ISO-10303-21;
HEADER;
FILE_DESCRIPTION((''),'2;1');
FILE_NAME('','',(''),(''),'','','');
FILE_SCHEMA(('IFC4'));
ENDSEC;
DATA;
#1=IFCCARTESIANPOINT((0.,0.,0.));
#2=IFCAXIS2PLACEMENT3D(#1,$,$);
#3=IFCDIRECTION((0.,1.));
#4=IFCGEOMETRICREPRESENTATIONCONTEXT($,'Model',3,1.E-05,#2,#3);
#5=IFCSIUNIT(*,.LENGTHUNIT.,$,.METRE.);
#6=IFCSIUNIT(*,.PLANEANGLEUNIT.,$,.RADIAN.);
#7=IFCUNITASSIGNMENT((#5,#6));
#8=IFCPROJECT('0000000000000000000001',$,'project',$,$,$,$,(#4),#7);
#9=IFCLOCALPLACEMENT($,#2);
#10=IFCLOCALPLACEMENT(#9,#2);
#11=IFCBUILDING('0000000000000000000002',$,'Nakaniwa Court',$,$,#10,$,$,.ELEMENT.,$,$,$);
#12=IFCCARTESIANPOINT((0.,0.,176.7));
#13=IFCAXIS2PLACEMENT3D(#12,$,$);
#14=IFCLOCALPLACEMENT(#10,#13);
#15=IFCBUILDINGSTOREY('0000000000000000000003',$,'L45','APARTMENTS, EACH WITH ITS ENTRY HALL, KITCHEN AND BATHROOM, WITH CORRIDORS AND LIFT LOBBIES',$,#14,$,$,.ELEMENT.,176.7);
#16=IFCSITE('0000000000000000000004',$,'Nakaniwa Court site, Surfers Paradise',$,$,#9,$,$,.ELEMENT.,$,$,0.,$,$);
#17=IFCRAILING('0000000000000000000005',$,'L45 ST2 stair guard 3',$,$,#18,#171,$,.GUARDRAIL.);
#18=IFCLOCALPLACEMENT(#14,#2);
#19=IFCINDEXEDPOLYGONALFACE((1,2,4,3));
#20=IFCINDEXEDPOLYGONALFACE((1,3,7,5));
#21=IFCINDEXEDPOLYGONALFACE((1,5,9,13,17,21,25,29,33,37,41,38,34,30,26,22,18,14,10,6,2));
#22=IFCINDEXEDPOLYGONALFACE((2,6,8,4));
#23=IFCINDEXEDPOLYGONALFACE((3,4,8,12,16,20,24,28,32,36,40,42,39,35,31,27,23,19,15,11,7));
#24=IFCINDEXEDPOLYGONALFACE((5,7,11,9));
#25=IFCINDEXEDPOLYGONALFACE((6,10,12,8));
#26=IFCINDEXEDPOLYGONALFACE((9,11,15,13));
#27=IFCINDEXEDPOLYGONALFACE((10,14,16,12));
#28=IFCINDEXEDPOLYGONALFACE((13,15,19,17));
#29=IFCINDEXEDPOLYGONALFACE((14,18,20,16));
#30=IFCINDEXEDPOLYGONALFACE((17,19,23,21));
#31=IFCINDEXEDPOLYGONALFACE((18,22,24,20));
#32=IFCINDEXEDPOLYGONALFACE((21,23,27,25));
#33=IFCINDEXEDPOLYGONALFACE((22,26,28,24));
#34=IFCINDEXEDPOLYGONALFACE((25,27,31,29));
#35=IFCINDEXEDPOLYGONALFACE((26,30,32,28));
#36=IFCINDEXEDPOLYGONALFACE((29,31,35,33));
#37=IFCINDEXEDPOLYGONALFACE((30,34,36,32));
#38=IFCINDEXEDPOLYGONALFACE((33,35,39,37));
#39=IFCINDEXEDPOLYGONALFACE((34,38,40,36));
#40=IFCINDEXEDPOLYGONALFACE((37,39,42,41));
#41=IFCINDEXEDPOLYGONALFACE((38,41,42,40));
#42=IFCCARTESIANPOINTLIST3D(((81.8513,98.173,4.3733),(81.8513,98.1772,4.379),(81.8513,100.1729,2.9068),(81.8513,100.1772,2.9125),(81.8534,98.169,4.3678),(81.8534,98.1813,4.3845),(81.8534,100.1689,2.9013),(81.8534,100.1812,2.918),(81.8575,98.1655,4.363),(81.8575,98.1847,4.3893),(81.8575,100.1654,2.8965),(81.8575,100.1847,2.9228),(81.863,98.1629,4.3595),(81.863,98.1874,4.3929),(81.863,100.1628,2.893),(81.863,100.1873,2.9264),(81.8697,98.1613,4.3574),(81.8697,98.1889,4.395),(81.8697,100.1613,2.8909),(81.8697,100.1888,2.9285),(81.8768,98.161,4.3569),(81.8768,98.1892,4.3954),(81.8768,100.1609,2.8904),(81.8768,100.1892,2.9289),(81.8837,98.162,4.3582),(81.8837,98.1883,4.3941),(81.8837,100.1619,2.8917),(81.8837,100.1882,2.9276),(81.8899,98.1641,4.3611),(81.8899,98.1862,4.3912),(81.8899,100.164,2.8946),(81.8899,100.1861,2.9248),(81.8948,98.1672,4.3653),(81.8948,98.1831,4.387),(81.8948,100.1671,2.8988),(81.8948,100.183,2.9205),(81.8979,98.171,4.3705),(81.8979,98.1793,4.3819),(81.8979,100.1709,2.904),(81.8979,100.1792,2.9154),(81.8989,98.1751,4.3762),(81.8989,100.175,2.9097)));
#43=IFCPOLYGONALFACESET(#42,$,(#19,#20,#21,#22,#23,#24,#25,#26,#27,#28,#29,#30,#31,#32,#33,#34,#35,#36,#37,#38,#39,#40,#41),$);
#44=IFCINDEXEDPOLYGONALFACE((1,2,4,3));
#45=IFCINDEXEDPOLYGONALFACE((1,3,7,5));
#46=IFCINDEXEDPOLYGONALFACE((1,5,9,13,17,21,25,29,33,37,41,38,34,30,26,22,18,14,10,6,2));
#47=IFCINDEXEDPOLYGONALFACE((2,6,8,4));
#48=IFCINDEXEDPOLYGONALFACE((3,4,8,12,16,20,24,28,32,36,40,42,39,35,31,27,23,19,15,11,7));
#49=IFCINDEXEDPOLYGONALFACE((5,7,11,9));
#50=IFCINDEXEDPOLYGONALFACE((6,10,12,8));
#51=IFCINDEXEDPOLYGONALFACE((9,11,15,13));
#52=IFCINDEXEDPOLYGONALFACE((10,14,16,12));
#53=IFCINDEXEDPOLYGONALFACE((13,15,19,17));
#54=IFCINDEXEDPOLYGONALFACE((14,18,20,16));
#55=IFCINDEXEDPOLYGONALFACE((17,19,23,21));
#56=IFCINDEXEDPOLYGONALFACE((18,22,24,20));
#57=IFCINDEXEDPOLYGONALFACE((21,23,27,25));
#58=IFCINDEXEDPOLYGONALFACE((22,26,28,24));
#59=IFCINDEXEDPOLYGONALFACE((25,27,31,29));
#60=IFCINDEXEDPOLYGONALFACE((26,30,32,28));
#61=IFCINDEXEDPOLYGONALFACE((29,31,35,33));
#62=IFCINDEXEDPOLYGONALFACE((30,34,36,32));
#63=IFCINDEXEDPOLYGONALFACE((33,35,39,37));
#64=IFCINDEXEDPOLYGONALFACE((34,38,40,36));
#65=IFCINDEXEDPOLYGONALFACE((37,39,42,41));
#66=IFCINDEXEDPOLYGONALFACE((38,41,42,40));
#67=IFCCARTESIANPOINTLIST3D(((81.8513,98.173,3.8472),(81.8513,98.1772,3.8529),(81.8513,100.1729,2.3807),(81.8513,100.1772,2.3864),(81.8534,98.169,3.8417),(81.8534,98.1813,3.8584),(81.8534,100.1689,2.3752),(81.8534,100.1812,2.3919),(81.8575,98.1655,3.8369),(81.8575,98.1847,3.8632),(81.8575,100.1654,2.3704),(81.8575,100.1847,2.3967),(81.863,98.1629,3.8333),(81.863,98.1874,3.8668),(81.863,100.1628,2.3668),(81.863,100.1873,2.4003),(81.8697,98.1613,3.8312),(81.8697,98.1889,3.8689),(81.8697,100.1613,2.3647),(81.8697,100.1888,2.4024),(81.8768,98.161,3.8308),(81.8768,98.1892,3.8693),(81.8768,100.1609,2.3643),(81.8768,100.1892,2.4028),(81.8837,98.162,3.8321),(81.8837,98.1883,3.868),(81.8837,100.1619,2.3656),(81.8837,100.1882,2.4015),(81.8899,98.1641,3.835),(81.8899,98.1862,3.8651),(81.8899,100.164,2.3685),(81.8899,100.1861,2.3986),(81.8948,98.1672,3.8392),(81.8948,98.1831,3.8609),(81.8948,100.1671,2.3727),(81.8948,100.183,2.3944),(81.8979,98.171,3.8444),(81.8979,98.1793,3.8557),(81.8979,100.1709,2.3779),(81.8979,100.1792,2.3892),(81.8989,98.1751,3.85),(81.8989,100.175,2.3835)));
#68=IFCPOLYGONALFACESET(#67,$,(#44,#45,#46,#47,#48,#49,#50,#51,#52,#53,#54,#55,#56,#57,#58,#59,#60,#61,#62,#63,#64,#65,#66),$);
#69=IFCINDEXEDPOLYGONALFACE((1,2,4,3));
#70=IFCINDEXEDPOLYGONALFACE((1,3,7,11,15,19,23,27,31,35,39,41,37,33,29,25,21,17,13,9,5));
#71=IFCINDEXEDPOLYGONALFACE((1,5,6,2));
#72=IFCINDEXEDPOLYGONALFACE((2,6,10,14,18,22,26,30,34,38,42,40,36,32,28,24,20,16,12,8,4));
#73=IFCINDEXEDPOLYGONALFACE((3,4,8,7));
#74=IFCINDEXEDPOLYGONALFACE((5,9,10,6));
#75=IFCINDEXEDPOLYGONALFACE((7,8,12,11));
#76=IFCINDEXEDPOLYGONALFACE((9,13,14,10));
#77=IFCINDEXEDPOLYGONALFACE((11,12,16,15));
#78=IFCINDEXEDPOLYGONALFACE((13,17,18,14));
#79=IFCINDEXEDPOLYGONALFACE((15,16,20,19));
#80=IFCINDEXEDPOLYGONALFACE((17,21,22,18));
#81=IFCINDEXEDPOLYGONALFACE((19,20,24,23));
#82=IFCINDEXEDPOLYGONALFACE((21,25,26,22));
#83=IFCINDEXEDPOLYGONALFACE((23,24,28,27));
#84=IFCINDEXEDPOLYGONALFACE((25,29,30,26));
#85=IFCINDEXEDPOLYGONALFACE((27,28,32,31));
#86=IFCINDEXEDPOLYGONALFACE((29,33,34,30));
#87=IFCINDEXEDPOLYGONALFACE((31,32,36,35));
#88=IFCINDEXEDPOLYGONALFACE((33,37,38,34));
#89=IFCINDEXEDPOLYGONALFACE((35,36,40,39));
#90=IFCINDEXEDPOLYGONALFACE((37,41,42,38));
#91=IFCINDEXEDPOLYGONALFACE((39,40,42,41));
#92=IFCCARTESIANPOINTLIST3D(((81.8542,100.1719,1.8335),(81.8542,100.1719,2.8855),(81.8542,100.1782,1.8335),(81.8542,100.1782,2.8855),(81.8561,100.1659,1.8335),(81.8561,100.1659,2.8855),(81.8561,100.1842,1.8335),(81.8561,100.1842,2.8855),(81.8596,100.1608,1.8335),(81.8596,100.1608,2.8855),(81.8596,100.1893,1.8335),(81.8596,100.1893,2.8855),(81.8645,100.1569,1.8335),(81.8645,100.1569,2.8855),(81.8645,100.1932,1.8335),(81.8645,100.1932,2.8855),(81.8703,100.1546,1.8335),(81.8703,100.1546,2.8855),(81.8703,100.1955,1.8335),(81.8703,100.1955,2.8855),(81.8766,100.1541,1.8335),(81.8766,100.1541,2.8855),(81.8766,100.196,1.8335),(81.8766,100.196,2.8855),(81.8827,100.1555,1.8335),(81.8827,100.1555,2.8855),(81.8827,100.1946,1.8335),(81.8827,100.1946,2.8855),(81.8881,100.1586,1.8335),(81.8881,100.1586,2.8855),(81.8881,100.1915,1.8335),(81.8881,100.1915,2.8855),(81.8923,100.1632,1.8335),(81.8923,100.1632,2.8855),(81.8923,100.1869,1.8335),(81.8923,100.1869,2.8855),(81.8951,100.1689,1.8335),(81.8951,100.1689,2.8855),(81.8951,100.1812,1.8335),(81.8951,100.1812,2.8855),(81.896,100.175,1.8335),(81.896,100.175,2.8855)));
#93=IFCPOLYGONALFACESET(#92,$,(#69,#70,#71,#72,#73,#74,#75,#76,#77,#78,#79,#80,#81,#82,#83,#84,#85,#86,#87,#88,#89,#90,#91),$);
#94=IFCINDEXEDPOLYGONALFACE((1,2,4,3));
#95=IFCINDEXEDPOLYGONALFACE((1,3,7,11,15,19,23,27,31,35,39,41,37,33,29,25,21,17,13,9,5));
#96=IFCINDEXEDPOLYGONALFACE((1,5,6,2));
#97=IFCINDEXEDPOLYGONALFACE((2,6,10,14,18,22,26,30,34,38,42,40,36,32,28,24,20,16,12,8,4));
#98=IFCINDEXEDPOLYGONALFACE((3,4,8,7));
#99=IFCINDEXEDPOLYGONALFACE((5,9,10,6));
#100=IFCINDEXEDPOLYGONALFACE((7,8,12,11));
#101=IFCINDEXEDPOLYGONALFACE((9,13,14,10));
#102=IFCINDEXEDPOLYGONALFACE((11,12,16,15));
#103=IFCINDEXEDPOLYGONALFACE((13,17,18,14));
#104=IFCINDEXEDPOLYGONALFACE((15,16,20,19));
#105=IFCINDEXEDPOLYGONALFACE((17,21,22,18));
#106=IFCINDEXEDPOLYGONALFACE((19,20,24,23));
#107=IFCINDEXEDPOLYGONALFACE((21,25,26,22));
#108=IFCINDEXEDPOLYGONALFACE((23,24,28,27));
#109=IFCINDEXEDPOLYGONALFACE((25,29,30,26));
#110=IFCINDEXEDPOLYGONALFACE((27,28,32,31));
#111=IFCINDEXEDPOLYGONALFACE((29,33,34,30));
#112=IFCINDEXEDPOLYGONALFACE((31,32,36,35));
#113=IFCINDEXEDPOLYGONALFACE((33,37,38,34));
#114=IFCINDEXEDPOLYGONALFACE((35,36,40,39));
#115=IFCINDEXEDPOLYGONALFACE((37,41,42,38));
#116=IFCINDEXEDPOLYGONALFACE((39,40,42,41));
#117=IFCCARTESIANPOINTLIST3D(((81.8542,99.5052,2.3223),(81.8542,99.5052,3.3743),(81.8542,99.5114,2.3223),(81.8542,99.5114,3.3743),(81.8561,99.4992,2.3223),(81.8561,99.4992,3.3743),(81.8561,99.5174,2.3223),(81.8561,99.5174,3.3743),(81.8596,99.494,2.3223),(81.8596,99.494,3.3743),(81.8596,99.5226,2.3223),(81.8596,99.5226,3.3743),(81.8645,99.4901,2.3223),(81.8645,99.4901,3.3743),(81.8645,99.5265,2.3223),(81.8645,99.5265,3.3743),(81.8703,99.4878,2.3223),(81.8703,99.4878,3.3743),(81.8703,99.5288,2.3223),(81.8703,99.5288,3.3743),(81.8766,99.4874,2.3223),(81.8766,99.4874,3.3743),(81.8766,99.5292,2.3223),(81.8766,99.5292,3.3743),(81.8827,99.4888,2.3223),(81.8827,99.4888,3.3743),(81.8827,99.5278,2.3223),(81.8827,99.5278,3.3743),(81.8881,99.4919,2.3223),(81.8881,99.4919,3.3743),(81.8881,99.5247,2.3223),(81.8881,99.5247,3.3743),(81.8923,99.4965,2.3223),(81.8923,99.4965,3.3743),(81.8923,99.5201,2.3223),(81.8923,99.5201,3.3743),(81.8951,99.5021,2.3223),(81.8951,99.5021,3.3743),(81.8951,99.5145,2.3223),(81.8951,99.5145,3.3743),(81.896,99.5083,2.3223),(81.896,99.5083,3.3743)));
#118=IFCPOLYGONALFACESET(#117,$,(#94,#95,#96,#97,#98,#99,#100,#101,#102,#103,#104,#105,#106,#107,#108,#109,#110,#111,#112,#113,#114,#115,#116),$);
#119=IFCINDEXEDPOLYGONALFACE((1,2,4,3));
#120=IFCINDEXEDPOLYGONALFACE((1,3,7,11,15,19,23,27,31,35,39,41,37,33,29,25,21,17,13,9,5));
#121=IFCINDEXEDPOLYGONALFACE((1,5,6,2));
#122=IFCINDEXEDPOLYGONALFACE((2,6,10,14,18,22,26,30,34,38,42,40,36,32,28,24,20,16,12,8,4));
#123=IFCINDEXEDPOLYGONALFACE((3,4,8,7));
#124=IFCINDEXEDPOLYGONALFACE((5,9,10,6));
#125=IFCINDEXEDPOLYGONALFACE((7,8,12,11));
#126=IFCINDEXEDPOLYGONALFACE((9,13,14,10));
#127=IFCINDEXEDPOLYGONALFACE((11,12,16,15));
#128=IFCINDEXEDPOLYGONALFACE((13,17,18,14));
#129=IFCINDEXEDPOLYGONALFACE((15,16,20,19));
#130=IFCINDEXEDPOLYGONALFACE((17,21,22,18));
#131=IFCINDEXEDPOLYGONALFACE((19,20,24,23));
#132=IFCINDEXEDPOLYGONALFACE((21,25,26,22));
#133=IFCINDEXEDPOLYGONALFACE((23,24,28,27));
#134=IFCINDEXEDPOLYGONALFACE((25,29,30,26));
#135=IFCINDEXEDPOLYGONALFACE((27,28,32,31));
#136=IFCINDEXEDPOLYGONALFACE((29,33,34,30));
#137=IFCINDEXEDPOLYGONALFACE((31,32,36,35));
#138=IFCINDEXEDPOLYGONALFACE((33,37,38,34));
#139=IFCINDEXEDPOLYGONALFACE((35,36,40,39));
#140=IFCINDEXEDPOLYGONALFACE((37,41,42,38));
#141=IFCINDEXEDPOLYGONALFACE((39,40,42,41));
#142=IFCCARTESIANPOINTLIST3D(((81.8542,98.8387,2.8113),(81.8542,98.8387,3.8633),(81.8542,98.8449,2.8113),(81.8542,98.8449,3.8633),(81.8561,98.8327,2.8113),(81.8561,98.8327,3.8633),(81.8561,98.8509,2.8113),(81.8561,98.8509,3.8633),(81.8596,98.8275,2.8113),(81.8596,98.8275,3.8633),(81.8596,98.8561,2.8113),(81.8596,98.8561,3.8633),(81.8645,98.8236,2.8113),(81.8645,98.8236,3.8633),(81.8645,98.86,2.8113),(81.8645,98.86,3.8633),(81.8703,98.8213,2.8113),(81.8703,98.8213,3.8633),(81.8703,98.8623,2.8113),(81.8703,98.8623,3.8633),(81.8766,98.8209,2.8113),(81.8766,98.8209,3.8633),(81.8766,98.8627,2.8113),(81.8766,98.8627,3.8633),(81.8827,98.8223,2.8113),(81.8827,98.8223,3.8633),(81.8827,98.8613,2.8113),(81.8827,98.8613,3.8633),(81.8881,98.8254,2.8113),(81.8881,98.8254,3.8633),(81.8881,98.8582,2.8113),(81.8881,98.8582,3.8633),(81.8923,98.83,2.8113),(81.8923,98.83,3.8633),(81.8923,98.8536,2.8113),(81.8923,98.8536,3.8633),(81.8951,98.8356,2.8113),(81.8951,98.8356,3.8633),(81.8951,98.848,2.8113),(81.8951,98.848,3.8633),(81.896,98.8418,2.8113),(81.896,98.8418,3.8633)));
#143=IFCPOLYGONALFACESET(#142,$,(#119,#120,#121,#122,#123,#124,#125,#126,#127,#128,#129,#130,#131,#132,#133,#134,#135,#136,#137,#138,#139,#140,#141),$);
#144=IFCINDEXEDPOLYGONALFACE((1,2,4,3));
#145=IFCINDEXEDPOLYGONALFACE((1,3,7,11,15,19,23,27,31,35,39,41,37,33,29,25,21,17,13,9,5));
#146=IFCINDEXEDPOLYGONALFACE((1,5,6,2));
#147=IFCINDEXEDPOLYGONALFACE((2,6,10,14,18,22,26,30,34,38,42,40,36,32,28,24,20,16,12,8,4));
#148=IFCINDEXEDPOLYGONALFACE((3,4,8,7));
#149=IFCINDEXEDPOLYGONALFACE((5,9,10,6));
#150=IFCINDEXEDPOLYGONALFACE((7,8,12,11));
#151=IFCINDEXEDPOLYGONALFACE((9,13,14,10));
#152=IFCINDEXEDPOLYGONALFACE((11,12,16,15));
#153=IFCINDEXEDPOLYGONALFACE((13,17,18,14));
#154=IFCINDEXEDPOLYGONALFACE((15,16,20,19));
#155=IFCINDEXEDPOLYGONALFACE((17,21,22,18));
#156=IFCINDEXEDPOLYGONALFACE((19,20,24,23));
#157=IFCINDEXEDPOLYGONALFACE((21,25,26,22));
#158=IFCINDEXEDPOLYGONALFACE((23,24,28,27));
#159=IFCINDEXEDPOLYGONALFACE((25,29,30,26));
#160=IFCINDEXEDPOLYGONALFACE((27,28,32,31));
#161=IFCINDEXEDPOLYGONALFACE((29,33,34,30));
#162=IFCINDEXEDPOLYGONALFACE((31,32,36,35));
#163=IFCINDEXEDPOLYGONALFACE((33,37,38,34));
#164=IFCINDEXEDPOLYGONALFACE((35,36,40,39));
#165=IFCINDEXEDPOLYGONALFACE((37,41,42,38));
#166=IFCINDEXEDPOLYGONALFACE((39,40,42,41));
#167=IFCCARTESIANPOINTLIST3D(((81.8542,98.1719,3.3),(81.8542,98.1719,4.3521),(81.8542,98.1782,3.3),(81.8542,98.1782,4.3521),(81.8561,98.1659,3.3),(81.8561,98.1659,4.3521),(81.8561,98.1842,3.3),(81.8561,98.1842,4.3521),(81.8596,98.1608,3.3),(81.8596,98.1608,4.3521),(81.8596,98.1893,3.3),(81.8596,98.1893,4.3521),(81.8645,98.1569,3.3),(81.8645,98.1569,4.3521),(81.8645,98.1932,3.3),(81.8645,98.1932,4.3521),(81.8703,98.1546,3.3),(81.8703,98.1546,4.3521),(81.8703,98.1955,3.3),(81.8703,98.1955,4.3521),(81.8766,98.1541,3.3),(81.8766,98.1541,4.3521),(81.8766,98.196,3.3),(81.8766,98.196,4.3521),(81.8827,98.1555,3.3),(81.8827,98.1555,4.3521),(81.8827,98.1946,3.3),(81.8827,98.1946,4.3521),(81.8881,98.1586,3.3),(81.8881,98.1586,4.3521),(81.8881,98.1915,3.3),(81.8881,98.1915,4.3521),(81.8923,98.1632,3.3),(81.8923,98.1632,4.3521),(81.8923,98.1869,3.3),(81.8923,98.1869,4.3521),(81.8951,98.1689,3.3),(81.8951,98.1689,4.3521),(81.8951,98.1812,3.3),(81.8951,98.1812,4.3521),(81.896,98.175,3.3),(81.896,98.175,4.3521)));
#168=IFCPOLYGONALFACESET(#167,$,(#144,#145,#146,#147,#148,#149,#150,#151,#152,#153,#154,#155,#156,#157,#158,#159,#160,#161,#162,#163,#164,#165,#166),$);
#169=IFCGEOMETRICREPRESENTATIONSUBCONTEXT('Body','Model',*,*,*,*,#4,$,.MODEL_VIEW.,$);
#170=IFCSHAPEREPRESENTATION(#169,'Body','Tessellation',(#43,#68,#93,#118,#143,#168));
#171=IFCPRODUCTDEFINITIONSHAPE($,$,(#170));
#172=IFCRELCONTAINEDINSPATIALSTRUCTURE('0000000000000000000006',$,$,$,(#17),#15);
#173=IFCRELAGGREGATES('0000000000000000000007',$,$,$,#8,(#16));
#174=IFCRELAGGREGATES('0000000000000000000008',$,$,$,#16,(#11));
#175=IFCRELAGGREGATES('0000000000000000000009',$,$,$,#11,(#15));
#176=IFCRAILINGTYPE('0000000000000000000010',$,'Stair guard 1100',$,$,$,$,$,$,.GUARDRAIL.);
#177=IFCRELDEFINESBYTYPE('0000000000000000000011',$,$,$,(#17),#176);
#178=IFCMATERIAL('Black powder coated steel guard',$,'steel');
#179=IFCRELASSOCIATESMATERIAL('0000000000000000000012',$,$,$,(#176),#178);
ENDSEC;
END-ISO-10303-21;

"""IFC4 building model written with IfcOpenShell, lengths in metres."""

from ifc_helpers import new_model, si_unit, direction, frame, origin, origin_2d, place, context, subcontext, project, spatial, circle, extrude, material, type_object, element, save


model = new_model("IFC4")

# Units and contexts
model_context = context("Model", 3, precision=1e-05, world=origin(), true_north=direction((0.0, 1.0)))
body_context = subcontext(model_context, "Body", "Model", "MODEL_VIEW")
ifc_project = project(units=[si_unit("LENGTHUNIT", "METRE"), si_unit("PLANEANGLEUNIT", "RADIAN")], contexts=[model_context])

# Site, building, storey
site_placement = place(None, origin())
site = spatial("IfcSite", under=ifc_project, at=site_placement, Name="Nakaniwa Court site, Surfers Paradise", CompositionType="ELEMENT", RefElevation=0.0)
building_placement = place(site_placement, origin())
building = spatial("IfcBuilding", under=site, at=building_placement, Name="Nakaniwa Court", CompositionType="ELEMENT")
storey_placement = place(building_placement, frame((0.0, 0.0, 176.7)))
storey = spatial("IfcBuildingStorey", under=building, at=storey_placement, Name="L45", Description="APARTMENTS, EACH WITH ITS ENTRY HALL, KITCHEN AND BATHROOM, WITH CORRIDORS AND LIFT LOBBIES", CompositionType="ELEMENT", Elevation=176.7)

# Railing
ifc_material_1 = material(Name="Black powder coated steel guard", Category="steel")
railing_type_1 = type_object("IfcRailingType", Name="Stair guard 1100", PredefinedType="GUARDRAIL", material=ifc_material_1)
railing_1_placement = place(storey_placement, frame((81.875, 100.175, 1.8335)))
element("IfcRailing", 1, at=railing_1_placement, inside=storey, type_object=railing_type_1, Name="L45 ST2 stair guard 3", PredefinedType="GUARDRAIL", context=body_context, shape_type="SweptSolid", body=[
    extrude(circle(Radius=0.0239, at=origin_2d()), frame((0.0, 0.0, 1.0762), z_axis=(0.0, -0.806427, 0.591334), x_axis=(1.0, 0.0, 0.0)), (0.0, 0.0, 1.0), 2.48),
    extrude(circle(Radius=0.0239, at=origin_2d()), frame((0.0, 0.0, 0.55), z_axis=(0.0, -0.806427, 0.591334), x_axis=(1.0, 0.0, 0.0)), (0.0, 0.0, 1.0), 2.48),
    extrude(circle(Radius=0.021, at=origin_2d()), origin(), (0.0, 0.0, 1.0), 1.052),
    extrude(circle(Radius=0.021, at=origin_2d()), frame((0.0, -0.6667, 0.4888)), (0.0, 0.0, 1.0), 1.052),
    extrude(circle(Radius=0.021, at=origin_2d()), frame((0.0, -1.3333, 0.9778)), (0.0, 0.0, 1.0), 1.052),
    extrude(circle(Radius=0.021, at=origin_2d()), frame((0.0, -2.0, 1.4666)), (0.0, 0.0, 1.0), 1.052),
])

save(model, "model.ifc")
